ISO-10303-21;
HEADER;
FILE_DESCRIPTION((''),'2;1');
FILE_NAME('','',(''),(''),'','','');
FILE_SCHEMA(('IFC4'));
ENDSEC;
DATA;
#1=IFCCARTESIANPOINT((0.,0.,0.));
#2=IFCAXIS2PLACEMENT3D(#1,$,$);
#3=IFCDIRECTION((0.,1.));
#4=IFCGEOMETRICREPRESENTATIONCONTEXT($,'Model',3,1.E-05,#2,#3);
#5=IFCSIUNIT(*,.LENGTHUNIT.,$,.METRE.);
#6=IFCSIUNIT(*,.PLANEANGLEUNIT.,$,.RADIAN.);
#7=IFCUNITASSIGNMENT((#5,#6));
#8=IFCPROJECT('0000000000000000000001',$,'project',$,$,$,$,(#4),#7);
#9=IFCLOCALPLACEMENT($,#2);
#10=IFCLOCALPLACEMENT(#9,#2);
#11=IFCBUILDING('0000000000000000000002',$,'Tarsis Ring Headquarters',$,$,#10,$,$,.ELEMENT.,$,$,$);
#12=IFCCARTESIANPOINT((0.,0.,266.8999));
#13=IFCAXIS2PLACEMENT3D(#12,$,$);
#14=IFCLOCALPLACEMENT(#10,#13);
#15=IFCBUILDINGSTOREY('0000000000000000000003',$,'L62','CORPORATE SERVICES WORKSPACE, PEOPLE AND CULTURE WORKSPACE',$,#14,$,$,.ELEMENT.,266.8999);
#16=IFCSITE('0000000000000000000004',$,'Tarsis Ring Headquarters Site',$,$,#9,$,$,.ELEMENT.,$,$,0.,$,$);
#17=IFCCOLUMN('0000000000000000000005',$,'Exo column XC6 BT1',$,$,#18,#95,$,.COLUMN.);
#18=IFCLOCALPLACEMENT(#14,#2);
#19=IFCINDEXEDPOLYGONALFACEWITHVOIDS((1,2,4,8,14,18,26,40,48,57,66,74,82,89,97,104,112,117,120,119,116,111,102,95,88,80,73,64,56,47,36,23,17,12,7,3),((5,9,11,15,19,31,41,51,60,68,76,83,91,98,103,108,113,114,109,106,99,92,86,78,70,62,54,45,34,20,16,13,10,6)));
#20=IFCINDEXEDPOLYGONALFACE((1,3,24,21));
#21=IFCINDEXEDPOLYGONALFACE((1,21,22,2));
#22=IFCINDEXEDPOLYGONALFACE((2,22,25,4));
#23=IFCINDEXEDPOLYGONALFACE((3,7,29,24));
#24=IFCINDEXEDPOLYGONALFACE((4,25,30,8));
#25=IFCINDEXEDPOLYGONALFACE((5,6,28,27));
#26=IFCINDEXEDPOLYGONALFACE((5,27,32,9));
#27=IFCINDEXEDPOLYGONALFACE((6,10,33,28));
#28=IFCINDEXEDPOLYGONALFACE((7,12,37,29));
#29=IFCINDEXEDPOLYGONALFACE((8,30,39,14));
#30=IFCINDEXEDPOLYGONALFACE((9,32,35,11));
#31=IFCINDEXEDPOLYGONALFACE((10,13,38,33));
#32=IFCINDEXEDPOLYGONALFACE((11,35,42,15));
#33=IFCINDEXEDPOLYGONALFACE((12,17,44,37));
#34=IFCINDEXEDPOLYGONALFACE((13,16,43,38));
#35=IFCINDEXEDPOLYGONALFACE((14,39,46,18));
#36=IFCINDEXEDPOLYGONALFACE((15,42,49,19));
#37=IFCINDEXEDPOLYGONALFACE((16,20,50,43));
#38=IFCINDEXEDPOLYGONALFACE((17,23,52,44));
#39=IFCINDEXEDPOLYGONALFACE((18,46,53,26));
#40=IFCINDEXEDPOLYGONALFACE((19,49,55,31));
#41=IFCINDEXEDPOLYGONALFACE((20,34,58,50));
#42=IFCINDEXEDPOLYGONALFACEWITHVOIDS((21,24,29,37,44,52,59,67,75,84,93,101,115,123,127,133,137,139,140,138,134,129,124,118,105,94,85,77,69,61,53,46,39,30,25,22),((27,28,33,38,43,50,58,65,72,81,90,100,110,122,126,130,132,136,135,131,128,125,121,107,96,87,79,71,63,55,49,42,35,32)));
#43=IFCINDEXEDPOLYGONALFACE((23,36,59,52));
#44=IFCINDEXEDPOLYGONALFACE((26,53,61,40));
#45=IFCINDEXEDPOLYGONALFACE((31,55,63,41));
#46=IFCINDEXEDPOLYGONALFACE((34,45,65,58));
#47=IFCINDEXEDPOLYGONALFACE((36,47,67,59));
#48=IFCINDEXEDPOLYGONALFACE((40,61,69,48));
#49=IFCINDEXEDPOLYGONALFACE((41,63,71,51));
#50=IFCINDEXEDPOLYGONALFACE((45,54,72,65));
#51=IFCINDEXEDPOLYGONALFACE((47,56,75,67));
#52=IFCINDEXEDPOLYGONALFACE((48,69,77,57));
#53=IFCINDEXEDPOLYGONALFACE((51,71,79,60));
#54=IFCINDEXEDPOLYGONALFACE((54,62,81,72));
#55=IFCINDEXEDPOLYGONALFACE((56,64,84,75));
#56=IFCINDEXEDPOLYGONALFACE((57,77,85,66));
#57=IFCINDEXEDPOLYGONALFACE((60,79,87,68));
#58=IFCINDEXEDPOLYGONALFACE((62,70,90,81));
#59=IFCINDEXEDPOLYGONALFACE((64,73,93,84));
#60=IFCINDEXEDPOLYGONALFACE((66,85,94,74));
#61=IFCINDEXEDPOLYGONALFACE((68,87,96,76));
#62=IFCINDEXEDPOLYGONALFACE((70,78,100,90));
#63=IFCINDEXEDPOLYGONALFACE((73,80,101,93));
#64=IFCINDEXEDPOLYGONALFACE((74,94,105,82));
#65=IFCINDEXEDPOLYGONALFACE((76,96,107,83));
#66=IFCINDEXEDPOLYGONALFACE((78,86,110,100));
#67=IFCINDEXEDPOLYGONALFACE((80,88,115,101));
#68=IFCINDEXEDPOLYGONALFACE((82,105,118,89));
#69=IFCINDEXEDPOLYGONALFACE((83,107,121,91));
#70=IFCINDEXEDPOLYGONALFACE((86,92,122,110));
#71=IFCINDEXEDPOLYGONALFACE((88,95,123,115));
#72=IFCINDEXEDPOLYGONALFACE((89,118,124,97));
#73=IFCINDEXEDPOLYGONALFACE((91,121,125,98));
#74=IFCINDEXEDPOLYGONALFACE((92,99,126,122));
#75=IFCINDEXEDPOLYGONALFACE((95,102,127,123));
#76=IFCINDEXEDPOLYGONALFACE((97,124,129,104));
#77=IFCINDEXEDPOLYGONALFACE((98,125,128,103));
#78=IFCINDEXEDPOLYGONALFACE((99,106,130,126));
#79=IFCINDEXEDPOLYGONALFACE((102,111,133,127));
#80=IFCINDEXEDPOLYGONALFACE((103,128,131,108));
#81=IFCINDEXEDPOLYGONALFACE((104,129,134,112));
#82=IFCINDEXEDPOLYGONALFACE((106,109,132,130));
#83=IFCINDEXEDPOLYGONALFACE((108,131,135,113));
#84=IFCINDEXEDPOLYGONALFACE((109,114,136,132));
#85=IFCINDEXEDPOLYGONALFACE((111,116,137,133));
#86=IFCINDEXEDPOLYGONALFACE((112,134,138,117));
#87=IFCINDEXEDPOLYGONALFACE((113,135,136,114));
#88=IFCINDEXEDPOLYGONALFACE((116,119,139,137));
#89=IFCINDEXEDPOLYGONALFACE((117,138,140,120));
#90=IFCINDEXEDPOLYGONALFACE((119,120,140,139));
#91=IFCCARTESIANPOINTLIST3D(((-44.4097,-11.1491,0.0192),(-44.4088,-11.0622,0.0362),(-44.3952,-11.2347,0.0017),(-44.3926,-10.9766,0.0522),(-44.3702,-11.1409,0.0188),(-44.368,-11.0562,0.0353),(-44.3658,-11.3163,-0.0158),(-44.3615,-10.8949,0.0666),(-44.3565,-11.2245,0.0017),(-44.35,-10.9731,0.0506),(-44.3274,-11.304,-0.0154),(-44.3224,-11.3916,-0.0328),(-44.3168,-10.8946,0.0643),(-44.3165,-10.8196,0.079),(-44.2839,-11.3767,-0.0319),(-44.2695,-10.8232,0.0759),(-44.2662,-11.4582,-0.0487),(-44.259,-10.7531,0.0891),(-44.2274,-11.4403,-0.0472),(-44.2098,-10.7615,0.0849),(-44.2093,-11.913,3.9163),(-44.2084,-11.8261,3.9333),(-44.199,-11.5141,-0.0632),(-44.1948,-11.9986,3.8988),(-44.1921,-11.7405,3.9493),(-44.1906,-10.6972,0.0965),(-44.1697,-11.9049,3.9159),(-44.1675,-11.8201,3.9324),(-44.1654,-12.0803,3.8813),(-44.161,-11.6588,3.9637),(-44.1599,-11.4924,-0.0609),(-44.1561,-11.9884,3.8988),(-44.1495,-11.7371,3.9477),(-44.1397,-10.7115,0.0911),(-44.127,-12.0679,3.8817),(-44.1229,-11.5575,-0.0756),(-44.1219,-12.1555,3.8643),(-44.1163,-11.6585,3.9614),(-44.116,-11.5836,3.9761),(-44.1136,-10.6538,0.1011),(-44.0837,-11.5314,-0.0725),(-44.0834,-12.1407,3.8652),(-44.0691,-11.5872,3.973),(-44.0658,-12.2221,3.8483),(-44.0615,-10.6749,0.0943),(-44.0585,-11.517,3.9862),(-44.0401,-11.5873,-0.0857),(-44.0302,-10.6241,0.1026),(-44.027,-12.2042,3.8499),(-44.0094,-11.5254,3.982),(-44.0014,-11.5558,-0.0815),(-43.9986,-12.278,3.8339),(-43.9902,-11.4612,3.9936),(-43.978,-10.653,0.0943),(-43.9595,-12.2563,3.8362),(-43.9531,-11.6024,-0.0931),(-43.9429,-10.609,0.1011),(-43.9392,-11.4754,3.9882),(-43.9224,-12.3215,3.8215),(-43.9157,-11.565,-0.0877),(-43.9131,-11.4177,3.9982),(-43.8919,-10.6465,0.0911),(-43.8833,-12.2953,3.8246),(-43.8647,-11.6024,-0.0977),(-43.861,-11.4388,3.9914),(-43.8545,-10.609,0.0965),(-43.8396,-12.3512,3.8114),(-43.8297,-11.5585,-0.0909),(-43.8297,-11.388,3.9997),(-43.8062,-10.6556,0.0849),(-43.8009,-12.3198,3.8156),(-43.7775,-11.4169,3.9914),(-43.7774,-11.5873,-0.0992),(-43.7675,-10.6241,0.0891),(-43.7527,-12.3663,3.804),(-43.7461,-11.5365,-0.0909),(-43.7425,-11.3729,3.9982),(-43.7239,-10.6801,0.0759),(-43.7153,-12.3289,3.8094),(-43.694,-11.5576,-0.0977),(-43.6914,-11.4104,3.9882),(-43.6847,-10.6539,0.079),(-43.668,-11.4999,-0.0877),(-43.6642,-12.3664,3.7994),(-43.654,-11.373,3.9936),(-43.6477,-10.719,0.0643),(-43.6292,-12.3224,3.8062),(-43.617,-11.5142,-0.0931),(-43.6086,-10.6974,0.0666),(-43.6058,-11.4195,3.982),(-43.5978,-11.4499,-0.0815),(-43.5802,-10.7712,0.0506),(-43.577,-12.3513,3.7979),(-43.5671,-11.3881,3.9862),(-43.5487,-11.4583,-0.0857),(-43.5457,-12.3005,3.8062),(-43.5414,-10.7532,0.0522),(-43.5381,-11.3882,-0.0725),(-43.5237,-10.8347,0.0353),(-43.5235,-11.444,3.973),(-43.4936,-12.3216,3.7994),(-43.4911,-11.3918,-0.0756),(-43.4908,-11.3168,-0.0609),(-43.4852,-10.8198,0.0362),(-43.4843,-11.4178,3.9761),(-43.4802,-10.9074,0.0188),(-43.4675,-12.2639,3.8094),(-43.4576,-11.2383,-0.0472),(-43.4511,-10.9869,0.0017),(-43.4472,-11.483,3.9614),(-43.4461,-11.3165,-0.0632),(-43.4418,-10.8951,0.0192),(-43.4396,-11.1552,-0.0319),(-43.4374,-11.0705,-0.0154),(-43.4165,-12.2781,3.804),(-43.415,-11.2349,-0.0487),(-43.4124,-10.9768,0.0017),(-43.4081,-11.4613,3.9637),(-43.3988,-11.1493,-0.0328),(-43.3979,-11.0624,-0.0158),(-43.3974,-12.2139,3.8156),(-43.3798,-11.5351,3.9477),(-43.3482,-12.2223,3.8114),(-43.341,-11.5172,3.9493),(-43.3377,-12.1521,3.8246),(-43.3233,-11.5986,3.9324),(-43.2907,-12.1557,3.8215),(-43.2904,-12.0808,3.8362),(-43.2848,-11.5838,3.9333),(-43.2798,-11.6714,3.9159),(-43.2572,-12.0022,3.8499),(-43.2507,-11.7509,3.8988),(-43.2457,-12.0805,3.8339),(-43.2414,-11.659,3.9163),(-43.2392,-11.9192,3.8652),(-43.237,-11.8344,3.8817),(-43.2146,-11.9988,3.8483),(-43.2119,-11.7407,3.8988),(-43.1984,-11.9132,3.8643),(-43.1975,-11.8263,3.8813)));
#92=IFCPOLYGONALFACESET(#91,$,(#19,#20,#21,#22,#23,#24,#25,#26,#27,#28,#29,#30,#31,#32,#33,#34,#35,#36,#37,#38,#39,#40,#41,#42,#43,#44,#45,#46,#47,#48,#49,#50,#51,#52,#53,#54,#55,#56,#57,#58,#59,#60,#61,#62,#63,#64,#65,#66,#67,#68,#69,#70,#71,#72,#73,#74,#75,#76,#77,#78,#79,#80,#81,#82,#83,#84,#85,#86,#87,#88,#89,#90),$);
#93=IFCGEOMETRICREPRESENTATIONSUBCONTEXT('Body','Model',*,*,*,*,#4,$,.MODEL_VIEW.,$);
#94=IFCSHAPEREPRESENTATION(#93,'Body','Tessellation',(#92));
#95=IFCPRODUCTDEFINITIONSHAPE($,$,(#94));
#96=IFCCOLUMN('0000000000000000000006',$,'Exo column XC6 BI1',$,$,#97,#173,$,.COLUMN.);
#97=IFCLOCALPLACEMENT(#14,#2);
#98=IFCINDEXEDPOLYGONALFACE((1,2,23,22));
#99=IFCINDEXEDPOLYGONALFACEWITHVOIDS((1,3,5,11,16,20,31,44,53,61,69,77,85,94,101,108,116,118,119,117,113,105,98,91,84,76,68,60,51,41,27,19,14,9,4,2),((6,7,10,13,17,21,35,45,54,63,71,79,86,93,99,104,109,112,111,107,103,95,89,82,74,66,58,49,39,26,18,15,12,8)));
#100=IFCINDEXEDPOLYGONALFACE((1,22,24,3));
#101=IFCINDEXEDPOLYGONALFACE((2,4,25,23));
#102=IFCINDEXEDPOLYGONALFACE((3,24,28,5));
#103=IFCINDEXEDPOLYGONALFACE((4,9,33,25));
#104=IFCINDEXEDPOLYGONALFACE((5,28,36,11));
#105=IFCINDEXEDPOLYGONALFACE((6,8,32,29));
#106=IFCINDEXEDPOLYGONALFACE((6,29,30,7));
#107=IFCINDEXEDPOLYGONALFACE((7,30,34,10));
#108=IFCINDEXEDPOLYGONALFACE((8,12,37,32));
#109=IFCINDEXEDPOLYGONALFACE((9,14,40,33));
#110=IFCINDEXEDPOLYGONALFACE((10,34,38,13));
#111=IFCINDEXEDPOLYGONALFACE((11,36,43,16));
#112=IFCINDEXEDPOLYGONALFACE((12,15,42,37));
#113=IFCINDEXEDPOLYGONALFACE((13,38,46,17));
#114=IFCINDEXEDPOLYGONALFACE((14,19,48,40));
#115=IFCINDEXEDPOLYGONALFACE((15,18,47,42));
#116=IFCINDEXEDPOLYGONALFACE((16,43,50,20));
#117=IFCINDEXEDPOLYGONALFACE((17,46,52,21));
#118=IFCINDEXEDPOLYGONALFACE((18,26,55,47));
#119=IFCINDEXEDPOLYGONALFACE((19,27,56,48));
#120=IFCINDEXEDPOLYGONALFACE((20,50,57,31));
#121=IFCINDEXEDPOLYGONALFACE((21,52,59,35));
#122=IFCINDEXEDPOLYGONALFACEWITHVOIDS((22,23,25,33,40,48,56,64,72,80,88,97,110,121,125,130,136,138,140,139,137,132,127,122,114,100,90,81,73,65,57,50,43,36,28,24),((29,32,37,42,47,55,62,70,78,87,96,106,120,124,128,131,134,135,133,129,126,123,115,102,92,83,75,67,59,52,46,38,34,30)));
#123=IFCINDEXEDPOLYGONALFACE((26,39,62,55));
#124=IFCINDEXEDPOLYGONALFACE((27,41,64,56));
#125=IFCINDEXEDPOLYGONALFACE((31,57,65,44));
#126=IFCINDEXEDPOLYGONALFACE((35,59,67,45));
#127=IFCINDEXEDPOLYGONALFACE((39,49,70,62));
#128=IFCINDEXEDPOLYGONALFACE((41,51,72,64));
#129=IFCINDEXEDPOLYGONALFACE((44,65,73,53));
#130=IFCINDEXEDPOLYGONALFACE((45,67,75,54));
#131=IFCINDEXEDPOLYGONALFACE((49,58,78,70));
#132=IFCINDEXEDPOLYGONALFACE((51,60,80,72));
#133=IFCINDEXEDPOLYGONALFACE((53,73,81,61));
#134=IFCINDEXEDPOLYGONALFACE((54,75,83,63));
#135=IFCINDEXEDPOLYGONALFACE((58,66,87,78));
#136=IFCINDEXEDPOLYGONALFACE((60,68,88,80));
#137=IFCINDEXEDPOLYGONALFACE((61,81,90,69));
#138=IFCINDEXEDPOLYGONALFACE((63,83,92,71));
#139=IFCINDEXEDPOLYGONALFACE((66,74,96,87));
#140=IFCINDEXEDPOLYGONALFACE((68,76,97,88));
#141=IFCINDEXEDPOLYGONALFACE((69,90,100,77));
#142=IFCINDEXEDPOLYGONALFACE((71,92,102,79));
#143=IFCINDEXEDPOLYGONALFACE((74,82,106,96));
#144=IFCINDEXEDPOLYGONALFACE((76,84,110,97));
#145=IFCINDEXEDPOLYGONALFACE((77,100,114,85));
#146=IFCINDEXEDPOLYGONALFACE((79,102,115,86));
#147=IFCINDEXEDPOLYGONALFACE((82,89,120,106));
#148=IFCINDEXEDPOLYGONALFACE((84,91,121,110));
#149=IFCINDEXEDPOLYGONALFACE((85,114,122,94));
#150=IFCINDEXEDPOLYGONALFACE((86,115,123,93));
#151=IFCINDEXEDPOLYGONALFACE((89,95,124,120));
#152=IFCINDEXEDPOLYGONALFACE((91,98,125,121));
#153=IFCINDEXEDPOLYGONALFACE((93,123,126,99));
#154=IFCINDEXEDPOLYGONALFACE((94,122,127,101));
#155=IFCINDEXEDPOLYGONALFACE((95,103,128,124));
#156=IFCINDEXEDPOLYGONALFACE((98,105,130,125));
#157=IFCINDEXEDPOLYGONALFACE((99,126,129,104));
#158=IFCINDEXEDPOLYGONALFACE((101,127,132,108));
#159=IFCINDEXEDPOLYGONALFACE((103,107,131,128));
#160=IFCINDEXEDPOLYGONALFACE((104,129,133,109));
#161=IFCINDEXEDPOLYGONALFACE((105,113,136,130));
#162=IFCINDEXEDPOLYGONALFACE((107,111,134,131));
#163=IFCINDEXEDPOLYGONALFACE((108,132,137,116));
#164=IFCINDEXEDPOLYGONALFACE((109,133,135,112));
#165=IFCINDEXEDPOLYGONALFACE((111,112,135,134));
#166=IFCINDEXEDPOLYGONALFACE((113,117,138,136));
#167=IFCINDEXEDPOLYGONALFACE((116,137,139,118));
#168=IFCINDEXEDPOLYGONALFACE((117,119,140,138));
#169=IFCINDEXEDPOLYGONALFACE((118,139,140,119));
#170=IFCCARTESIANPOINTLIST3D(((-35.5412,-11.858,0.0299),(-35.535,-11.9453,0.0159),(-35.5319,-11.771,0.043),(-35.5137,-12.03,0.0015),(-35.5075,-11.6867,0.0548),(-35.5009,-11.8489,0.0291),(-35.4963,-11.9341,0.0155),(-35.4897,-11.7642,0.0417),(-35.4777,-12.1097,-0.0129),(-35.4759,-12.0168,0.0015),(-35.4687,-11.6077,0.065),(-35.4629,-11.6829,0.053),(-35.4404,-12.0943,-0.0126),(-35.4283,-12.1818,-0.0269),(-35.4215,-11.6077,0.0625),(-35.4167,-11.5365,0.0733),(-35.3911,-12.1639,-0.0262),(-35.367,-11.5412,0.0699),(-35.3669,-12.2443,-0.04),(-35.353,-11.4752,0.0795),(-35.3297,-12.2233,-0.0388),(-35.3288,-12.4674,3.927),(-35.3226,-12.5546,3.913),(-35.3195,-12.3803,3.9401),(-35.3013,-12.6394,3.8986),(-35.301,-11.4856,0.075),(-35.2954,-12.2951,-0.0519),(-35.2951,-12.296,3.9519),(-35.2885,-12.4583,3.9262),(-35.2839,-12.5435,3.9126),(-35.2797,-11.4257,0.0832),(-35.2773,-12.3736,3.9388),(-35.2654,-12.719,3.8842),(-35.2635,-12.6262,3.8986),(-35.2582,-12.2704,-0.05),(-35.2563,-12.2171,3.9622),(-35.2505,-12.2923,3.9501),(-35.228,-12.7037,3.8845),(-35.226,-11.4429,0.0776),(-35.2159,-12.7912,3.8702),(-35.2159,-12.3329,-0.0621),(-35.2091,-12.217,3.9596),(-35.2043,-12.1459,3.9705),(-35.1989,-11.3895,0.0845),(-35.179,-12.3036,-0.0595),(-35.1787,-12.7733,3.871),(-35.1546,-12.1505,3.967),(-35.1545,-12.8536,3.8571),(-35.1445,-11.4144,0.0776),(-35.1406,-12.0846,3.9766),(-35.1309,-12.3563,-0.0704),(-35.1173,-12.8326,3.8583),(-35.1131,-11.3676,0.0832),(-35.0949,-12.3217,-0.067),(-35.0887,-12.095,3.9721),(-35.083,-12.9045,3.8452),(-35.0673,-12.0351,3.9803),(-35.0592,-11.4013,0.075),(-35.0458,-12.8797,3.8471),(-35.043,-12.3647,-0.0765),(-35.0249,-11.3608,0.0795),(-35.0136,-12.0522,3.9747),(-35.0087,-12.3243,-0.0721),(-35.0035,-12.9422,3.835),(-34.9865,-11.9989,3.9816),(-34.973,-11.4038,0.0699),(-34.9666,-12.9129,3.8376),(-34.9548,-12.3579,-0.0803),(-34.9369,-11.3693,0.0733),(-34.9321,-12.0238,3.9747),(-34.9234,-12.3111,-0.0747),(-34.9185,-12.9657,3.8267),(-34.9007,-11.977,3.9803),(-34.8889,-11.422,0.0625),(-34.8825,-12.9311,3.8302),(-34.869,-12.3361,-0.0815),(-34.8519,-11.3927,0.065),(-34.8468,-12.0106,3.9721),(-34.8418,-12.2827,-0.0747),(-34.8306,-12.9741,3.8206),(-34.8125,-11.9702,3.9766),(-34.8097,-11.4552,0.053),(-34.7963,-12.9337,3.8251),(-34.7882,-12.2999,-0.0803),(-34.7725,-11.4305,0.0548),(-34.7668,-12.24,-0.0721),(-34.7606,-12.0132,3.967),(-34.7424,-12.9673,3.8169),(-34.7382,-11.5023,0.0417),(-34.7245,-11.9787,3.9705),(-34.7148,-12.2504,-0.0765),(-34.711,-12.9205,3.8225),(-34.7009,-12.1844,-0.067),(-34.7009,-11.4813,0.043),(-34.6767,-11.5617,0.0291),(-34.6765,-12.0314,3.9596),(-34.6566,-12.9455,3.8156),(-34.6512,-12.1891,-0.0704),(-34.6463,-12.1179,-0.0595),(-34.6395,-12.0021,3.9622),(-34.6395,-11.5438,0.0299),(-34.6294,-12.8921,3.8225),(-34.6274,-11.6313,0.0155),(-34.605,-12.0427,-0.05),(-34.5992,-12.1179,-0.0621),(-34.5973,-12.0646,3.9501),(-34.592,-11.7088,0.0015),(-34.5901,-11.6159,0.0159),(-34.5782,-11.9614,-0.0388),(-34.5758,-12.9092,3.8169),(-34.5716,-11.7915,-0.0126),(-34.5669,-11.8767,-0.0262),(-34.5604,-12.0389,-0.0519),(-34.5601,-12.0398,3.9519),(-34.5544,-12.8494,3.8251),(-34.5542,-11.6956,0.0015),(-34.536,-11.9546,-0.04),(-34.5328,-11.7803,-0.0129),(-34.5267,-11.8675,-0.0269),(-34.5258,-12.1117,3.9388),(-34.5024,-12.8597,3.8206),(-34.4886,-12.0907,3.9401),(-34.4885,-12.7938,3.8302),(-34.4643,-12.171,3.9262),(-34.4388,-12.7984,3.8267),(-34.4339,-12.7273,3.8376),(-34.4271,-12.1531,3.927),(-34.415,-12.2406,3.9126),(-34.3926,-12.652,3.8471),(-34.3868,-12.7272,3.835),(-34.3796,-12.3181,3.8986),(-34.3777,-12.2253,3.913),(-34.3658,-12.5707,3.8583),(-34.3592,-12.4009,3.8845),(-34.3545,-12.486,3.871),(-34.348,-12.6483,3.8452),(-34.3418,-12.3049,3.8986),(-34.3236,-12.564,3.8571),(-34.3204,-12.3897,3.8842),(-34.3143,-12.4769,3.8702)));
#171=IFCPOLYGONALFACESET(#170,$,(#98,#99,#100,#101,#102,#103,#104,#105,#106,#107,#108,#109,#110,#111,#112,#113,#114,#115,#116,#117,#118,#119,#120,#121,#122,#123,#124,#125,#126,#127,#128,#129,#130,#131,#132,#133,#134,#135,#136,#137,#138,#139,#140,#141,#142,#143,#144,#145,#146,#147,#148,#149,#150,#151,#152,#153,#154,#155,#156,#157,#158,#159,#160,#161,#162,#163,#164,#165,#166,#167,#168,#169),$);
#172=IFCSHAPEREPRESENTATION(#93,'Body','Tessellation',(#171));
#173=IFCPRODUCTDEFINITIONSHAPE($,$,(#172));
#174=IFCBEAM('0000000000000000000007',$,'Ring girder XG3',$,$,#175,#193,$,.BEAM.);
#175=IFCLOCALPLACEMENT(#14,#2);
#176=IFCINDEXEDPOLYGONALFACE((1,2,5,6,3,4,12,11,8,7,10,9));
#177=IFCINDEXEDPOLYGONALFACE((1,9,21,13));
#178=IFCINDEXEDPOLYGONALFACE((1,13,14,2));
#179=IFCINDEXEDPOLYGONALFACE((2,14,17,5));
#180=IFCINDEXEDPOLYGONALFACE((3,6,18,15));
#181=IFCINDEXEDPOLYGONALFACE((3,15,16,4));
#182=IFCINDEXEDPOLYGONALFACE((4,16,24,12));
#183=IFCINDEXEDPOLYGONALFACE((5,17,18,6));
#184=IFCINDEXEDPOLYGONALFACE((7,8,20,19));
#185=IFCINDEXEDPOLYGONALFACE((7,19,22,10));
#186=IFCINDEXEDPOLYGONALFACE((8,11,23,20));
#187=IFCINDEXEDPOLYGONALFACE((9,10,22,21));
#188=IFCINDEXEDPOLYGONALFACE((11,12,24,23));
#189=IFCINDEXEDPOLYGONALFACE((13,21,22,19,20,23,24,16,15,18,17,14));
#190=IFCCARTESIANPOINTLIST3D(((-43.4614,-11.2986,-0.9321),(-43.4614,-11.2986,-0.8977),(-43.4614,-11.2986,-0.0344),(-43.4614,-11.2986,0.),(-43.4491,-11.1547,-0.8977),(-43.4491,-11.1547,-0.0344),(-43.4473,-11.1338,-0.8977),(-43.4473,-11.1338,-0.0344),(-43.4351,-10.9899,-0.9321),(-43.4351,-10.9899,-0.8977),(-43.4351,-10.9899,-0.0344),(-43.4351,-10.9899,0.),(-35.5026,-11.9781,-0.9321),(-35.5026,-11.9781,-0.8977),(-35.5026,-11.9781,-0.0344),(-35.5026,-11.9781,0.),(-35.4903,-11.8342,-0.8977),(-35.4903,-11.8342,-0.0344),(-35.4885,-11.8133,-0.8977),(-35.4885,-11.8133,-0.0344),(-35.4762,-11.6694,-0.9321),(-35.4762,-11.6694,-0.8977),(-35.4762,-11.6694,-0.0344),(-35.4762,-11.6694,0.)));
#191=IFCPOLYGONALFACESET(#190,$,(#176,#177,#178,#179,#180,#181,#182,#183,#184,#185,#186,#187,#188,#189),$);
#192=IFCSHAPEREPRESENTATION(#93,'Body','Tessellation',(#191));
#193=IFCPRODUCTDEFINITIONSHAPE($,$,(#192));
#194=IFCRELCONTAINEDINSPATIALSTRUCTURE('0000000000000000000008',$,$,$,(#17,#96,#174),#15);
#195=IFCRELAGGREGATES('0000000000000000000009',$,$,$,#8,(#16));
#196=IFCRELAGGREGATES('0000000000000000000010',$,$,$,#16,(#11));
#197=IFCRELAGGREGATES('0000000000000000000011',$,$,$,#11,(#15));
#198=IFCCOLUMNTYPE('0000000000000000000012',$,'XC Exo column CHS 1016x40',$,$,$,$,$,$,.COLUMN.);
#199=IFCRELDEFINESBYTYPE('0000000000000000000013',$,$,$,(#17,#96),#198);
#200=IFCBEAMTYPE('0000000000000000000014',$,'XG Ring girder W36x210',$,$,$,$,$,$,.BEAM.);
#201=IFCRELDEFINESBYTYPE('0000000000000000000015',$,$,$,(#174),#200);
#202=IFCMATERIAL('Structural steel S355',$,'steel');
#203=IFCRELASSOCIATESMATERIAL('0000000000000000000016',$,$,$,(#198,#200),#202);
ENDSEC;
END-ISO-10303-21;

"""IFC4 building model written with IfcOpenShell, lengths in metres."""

from ifc_helpers import new_model, si_unit, direction, frame, origin, origin_2d, place, context, subcontext, project, spatial, hollow_circle, i_section, extrude, material, material_profile, profile_set, type_object, element, save


model = new_model("IFC4")

# Units and contexts
model_context = context("Model", 3, precision=1e-05, world=origin(), true_north=direction((0.0, 1.0)))
body_context = subcontext(model_context, "Body", "Model", "MODEL_VIEW")
ifc_project = project(units=[si_unit("LENGTHUNIT", "METRE"), si_unit("PLANEANGLEUNIT", "RADIAN")], contexts=[model_context])

# Site, building, storey
site_placement = place(None, origin())
site = spatial("IfcSite", under=ifc_project, at=site_placement, Name="Tarsis Ring Headquarters Site", CompositionType="ELEMENT", RefElevation=0.0)
building_placement = place(site_placement, origin())
building = spatial("IfcBuilding", under=site, at=building_placement, Name="Tarsis Ring Headquarters", CompositionType="ELEMENT")
storey_placement = place(building_placement, frame((0.0, 0.0, 266.8999)))
storey = spatial("IfcBuildingStorey", under=building, at=storey_placement, Name="L62", Description="CORPORATE SERVICES WORKSPACE, PEOPLE AND CULTURE WORKSPACE", CompositionType="ELEMENT", Elevation=266.8999)

# Columns
ifc_material_1 = material(Name="Structural steel S355", Category="steel")
ifc_material_profile_1 = material_profile(ifc_material_1, hollow_circle(Radius=0.5081, WallThickness=0.04, at=origin_2d()), Name="CHS 1016x40")
ifc_profile_set_1 = profile_set([ifc_material_profile_1], Name="Structural steel S355")
column_type = type_object("IfcColumnType", Name="XC Exo column CHS 1016x40", PredefinedType="COLUMN", material=ifc_profile_set_1)
column_1_placement = place(storey_placement, frame((-43.9038, -11.1057, 0.0017), z_axis=(0.05041, -0.192122, 0.980075), x_axis=(0.967258, 0.253793, 0.0)))
element("IfcColumn", 1, at=column_1_placement, inside=storey, type_object=column_type, Name="Exo column XC6 BT1", PredefinedType="COLUMN", context=body_context, shape_type="SweptSolid", body=[
    extrude(hollow_circle(Radius=0.5081, WallThickness=0.04, at=origin_2d()), origin(), (0.0, 0.0, 1.0), 3.9763),
])
column_2_placement = place(storey_placement, frame((-35.0339, -11.8628, 0.0015), z_axis=(0.053769, -0.154261, 0.986566), x_axis=(0.944282, 0.329137, 0.0)))
element("IfcColumn", 2, at=column_2_placement, inside=storey, type_object=column_type, Name="Exo column XC6 BI1", PredefinedType="COLUMN", context=body_context, shape_type="SweptSolid", body=[
    extrude(hollow_circle(Radius=0.5081, WallThickness=0.04, at=origin_2d()), origin(), (0.0, 0.0, 1.0), 3.9502),
])

# Beam
ifc_material_profile_2 = material_profile(ifc_material_1, i_section(OverallWidth=0.3098, OverallDepth=0.9321, WebThickness=0.021, FlangeThickness=0.0344, at=origin_2d()), Name="W36x210")
ifc_profile_set_2 = profile_set([ifc_material_profile_2], Name="Structural steel S355")
beam_type = type_object("IfcBeamType", Name="XG Ring girder W36x210", PredefinedType="BEAM", material=ifc_profile_set_2)
beam_1_placement = place(storey_placement, frame((-43.4482, -11.1443, -0.4661), z_axis=(0.996376, -0.085061, 0.0), x_axis=(0.085061, 0.996376, 0.0)))
element("IfcBeam", 3, at=beam_1_placement, inside=storey, type_object=beam_type, Name="Ring girder XG3", PredefinedType="BEAM", context=body_context, shape_type="SweptSolid", body=[
    extrude(i_section(OverallWidth=0.3098, OverallDepth=0.9321, WebThickness=0.021, FlangeThickness=0.0344, at=origin_2d()), origin(), (0.0, 0.0, 1.0), 7.9878),
])

save(model, "model.ifc")
